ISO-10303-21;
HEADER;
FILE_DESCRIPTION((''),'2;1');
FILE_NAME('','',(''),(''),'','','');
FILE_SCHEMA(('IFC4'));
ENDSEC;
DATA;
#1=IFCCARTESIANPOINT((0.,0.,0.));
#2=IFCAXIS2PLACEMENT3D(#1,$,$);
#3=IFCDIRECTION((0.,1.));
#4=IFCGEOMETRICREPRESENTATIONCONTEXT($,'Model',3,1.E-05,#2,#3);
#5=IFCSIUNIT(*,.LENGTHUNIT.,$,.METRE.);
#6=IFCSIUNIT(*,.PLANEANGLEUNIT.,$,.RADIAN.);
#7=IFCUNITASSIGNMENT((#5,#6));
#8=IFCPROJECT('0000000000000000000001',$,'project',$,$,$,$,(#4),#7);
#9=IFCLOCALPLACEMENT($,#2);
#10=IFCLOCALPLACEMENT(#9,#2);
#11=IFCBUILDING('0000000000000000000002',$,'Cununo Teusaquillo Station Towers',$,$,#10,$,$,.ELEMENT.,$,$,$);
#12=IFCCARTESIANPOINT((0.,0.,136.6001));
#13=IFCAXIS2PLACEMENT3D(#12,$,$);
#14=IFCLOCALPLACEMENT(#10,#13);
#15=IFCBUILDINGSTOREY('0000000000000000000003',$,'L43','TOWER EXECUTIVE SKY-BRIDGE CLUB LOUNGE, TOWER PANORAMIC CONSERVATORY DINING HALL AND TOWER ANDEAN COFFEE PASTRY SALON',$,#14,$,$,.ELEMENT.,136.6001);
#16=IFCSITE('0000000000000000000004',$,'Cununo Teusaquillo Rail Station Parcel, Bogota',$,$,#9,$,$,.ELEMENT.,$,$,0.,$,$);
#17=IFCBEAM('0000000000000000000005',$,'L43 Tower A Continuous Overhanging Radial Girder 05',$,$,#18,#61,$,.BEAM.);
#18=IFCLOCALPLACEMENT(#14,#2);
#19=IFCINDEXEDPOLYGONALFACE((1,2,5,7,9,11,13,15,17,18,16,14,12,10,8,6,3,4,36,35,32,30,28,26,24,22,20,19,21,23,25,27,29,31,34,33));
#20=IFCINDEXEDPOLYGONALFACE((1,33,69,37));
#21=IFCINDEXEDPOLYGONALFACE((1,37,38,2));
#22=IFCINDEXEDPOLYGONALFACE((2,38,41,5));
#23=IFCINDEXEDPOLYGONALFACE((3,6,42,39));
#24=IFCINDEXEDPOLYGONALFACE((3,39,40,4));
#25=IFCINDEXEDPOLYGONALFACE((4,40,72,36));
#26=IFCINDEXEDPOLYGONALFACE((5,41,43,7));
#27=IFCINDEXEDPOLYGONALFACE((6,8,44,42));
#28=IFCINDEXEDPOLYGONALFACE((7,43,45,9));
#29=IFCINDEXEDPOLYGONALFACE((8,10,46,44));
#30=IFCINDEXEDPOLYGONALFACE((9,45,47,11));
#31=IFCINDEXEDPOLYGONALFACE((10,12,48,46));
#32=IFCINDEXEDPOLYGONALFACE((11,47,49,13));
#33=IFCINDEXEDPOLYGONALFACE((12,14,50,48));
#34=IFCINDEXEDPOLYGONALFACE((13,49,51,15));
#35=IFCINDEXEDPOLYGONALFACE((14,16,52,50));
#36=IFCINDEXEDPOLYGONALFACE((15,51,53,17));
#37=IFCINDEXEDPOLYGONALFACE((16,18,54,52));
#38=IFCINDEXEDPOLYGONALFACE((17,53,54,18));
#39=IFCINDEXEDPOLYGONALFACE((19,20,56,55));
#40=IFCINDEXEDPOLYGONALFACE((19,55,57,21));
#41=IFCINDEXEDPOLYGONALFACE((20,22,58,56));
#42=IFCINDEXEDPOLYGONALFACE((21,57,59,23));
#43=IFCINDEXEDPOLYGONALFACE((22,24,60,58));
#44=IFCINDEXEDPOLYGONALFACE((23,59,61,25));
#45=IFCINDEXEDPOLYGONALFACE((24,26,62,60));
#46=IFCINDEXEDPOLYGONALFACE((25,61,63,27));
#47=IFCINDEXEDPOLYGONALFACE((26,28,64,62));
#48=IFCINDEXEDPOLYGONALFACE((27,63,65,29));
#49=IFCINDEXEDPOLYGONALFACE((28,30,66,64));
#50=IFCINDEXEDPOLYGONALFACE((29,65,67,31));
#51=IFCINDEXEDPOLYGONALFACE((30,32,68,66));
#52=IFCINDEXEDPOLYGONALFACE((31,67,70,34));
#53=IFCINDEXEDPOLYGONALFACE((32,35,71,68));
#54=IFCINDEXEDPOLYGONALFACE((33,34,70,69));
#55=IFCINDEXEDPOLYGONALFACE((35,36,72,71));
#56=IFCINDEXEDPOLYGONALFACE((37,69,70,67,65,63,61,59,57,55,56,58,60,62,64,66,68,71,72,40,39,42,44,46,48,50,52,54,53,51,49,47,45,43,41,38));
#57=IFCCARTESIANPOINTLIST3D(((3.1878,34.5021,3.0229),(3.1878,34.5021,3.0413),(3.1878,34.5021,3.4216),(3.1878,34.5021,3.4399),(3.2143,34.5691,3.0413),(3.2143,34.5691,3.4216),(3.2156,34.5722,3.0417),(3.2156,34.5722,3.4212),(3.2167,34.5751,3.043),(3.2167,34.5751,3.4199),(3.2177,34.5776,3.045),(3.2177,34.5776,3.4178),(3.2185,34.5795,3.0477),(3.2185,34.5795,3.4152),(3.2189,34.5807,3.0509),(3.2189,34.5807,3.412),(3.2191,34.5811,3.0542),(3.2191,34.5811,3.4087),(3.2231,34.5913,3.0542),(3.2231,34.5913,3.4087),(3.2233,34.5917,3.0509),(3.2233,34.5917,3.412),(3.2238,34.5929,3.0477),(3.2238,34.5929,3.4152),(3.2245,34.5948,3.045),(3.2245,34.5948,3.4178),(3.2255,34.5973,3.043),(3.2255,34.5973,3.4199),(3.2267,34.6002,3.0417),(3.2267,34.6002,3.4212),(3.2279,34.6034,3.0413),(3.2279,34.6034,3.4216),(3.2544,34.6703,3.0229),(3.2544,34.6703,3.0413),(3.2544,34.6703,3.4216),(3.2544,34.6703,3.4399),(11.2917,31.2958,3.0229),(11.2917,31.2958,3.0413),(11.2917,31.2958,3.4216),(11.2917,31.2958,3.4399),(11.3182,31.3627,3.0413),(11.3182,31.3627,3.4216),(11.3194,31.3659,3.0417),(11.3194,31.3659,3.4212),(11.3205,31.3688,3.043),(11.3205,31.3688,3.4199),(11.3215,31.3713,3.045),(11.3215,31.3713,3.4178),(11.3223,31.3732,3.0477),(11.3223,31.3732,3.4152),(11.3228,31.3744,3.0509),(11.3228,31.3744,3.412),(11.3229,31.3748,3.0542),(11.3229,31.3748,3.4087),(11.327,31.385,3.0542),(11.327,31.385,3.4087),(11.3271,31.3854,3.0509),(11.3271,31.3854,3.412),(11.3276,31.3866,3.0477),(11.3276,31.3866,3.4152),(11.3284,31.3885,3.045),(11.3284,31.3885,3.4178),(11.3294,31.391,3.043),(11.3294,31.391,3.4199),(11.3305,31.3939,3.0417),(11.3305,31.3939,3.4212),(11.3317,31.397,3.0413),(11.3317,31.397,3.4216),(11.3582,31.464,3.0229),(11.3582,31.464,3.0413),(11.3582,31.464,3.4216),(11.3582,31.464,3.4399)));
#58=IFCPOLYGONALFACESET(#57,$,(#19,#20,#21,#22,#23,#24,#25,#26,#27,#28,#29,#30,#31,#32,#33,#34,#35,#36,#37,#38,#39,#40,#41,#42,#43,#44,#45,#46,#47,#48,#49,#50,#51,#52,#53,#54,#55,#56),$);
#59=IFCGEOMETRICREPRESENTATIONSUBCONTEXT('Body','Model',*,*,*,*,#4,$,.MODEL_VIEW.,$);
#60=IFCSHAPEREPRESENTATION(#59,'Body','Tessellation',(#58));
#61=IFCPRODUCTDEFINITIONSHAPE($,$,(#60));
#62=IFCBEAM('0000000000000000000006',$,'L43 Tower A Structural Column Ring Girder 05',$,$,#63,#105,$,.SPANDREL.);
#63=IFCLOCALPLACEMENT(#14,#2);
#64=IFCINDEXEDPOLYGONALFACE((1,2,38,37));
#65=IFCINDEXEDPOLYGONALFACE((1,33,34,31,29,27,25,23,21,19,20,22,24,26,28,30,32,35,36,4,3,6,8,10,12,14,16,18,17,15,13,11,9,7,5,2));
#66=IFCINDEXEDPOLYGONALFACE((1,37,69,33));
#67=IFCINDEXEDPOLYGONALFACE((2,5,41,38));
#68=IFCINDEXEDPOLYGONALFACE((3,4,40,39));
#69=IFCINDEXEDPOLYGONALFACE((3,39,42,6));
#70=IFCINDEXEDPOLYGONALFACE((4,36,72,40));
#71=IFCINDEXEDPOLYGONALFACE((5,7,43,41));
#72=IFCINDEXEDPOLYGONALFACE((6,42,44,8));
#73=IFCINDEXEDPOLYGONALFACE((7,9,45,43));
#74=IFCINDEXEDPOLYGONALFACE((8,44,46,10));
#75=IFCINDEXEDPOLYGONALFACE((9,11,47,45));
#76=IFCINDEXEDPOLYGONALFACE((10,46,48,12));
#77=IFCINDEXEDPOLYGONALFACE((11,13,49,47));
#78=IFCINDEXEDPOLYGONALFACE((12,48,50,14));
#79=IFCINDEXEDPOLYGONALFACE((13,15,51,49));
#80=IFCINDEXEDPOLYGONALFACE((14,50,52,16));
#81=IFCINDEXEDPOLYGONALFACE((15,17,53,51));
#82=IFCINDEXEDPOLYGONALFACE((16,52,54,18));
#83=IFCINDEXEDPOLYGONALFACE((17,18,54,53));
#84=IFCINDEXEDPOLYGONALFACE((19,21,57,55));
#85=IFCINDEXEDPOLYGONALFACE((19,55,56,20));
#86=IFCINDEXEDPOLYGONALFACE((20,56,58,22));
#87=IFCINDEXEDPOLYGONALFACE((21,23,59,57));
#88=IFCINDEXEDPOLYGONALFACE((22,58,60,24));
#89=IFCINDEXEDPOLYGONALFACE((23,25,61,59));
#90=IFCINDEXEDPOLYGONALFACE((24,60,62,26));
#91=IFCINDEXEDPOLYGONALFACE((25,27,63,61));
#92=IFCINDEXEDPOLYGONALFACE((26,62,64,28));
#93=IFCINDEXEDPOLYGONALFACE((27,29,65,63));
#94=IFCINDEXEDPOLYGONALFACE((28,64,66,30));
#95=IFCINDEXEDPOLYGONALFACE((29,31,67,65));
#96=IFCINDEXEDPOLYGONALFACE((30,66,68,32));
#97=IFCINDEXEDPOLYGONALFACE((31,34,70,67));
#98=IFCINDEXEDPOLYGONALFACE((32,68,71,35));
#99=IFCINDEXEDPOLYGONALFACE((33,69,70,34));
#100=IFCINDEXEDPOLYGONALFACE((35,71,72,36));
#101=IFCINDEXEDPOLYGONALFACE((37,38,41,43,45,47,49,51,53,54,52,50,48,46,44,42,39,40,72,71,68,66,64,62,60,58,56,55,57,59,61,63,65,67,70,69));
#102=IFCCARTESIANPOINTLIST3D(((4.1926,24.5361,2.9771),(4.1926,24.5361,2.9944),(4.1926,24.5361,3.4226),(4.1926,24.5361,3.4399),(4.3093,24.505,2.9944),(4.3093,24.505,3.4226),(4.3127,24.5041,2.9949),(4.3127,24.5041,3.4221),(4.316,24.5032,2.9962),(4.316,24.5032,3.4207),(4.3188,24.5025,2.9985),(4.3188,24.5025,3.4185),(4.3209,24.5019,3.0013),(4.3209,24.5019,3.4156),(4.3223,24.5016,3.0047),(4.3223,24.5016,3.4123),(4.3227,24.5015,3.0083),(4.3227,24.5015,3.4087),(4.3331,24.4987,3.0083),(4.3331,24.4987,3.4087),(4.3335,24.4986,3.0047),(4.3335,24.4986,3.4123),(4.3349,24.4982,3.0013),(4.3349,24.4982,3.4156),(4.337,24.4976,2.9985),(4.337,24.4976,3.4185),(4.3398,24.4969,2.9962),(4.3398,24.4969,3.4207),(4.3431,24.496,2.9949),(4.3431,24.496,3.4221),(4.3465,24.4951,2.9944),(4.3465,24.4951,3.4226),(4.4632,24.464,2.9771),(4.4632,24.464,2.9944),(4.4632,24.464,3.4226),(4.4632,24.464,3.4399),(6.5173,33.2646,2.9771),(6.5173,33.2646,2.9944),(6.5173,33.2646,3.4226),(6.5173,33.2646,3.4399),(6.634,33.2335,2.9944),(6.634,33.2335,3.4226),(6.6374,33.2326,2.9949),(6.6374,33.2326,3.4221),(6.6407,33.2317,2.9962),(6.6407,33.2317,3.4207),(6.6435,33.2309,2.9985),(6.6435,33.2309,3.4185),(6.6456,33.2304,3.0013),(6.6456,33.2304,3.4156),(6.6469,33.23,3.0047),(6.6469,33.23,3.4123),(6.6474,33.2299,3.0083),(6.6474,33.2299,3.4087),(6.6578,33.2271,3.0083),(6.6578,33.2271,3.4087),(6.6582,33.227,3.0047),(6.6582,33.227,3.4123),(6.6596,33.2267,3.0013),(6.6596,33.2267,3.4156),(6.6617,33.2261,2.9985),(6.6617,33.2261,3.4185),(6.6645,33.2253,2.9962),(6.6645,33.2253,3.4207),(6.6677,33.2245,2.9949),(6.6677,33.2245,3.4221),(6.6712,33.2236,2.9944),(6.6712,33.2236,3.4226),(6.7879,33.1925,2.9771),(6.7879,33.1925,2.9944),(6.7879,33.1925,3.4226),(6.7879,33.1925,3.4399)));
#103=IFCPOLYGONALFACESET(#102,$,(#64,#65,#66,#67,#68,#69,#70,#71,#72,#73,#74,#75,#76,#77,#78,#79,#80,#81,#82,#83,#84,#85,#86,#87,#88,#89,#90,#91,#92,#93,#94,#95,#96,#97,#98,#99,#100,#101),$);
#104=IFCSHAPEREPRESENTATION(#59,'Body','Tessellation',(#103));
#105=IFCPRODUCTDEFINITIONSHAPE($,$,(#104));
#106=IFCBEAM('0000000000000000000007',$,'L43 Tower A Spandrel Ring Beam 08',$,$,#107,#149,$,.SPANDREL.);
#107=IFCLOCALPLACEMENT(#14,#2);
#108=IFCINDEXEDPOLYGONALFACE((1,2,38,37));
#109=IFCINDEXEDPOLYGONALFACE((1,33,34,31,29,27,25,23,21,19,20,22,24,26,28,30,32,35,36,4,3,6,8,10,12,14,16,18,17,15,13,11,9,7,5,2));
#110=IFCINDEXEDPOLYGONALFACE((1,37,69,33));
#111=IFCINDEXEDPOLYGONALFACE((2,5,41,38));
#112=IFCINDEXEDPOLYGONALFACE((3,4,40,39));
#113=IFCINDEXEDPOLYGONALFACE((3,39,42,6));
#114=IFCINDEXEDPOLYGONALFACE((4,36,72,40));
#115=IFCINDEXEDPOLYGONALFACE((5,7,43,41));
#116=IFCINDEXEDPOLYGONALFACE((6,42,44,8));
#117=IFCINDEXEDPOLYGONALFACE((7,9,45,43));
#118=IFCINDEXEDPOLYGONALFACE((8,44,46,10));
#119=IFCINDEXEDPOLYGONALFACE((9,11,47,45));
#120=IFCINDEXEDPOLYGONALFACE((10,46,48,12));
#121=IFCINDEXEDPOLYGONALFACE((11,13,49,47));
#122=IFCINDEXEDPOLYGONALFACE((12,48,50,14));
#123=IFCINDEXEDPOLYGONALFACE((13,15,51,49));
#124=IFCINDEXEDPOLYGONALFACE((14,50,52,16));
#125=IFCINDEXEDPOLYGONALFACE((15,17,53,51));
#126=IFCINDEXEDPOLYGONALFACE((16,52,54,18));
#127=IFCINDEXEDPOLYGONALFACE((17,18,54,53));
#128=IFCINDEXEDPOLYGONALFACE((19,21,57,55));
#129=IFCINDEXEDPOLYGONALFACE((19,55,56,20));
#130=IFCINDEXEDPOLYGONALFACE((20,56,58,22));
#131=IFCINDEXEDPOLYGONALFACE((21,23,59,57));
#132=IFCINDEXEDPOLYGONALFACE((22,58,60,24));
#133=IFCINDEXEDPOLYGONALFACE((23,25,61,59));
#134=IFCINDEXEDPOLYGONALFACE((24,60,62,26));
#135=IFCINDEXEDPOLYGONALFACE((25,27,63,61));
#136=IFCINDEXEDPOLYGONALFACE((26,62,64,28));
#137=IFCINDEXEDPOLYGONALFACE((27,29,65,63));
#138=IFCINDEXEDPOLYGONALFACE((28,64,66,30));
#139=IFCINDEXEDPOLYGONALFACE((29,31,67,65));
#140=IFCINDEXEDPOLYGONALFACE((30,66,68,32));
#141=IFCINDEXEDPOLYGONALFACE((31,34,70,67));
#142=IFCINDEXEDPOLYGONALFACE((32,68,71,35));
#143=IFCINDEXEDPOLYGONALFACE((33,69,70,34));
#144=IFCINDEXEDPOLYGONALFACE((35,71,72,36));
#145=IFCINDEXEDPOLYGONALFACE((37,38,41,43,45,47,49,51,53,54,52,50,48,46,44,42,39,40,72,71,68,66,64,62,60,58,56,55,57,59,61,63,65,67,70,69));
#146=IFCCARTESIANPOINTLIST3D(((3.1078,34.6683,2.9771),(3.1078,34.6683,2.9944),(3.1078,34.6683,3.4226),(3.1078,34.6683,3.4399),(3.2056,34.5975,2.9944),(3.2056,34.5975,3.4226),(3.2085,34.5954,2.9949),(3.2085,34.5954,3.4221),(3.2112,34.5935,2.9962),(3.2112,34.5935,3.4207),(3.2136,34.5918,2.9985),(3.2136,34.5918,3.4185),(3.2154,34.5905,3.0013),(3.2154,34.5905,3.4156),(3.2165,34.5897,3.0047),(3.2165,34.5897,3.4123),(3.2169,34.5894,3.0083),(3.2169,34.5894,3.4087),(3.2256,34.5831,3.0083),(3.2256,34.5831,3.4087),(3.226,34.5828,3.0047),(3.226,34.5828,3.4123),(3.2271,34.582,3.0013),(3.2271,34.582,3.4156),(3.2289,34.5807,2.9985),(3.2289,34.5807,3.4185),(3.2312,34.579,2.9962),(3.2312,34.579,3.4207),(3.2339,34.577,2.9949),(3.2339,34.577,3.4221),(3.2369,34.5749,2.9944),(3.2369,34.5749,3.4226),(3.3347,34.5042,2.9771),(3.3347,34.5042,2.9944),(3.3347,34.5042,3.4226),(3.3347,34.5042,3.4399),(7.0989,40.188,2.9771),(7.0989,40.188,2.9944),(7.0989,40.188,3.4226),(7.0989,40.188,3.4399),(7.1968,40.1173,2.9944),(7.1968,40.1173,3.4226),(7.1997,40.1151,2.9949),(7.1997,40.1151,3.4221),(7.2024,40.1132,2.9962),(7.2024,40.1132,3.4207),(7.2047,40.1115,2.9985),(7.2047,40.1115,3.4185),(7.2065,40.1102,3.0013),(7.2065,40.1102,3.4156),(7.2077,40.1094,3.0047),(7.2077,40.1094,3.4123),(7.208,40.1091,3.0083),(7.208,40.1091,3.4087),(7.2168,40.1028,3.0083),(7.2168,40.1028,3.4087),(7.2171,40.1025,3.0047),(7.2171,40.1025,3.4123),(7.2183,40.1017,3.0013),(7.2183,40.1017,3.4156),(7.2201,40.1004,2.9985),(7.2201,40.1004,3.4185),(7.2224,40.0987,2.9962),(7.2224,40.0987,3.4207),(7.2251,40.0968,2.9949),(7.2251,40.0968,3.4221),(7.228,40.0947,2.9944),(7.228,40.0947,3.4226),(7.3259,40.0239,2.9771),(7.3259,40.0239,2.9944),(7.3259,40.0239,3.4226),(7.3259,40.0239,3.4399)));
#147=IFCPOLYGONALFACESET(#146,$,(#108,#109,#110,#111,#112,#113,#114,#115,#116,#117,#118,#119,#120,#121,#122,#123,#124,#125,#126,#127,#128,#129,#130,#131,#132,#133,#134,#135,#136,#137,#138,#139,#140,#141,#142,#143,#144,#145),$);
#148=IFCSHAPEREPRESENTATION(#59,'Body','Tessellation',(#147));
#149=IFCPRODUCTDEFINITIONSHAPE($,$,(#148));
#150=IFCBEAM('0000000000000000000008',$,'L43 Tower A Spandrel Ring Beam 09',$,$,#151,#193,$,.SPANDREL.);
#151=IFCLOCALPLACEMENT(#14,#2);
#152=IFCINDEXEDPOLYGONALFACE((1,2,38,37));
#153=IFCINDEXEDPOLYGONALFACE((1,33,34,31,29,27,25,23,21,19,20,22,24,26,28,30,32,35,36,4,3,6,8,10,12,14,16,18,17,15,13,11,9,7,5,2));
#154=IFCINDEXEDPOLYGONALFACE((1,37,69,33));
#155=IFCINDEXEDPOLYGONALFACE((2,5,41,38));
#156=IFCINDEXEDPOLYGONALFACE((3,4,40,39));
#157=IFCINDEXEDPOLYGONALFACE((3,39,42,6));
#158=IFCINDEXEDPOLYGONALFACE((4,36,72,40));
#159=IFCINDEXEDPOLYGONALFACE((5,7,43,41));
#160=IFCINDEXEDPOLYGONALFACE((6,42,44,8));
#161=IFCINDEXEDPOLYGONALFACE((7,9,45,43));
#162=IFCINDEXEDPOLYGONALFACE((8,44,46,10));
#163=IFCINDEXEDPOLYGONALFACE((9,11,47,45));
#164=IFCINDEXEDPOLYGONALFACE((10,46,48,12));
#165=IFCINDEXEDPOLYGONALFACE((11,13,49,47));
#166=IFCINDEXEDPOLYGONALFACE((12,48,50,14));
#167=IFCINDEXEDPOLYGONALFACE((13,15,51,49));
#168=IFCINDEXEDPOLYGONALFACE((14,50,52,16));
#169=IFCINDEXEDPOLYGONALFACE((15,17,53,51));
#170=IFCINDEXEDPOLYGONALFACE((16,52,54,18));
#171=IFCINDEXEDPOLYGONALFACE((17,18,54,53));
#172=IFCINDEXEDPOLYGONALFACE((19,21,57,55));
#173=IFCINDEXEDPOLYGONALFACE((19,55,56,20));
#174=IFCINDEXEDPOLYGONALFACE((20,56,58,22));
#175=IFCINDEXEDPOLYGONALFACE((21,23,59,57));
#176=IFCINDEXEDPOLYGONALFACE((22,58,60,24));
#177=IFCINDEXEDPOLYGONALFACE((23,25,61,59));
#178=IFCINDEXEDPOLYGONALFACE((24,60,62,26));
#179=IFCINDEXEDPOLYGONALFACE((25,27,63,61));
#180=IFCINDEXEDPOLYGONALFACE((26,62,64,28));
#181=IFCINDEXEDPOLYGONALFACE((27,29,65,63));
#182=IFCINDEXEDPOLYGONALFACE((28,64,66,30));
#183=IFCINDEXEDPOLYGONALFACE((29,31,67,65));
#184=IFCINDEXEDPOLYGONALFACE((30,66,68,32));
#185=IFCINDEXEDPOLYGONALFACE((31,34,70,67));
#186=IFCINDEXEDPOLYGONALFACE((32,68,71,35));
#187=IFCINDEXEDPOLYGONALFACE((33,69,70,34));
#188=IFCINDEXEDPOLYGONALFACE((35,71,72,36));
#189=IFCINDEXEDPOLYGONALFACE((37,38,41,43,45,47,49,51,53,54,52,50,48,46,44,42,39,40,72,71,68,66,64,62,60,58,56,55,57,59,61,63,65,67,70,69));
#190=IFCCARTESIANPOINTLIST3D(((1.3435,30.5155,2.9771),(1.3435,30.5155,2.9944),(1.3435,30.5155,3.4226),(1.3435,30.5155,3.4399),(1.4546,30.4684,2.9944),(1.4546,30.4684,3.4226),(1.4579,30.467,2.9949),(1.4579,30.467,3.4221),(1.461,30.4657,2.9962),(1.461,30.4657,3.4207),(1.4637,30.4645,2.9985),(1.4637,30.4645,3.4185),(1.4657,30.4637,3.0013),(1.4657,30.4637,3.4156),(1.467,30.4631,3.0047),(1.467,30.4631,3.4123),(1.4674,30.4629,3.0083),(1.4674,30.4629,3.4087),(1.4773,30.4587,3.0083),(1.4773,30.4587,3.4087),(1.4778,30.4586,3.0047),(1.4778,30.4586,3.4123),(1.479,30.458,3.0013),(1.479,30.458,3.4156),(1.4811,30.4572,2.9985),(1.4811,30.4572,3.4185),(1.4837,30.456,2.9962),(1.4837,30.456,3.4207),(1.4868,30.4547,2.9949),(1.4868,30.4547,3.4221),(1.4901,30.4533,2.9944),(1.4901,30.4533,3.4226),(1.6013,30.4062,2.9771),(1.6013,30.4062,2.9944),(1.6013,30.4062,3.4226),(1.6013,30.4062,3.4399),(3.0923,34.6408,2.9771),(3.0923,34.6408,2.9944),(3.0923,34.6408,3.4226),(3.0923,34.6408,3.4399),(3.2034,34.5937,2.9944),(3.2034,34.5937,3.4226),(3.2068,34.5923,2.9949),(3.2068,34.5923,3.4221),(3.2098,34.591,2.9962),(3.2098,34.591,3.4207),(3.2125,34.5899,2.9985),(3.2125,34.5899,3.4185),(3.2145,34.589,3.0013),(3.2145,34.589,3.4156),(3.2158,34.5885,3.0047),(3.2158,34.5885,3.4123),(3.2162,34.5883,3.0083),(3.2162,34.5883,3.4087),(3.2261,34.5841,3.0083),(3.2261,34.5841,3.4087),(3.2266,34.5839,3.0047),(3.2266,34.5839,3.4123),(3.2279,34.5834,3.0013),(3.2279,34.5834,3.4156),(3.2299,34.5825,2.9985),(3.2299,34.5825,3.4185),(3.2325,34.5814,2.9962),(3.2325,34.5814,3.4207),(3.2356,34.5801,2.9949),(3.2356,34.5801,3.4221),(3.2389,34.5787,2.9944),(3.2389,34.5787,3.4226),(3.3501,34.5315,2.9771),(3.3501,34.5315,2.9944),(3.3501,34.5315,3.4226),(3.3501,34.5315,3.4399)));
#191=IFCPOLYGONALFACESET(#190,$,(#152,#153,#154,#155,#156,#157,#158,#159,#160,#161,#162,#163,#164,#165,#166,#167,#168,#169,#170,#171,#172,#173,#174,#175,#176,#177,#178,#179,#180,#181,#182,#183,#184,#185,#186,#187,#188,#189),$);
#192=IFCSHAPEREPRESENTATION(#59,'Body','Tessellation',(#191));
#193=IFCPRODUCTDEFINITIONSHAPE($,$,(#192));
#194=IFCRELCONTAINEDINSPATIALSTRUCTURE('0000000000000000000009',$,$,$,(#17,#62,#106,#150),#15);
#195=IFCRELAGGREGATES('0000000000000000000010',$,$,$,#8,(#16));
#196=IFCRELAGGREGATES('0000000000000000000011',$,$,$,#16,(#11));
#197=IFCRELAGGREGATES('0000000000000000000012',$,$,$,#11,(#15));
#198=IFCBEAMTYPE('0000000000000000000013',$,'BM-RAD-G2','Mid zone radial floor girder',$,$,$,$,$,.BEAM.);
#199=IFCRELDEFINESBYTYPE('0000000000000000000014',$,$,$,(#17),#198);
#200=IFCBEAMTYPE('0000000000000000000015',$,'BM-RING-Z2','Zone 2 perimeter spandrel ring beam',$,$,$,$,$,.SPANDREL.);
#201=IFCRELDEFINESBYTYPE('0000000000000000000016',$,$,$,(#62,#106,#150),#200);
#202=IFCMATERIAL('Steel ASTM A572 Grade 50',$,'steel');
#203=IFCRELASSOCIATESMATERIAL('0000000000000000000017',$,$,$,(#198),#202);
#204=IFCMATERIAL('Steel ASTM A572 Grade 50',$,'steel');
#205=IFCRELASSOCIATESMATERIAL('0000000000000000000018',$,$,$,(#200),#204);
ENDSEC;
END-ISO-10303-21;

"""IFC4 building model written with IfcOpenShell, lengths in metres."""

from ifc_helpers import new_model, si_unit, direction, frame, origin, origin_2d, place, context, subcontext, project, spatial, i_section, extrude, material, material_profile, profile_set, type_object, element, save


model = new_model("IFC4")

# Units and contexts
model_context = context("Model", 3, precision=1e-05, world=origin(), true_north=direction((0.0, 1.0)))
body_context = subcontext(model_context, "Body", "Model", "MODEL_VIEW")
ifc_project = project(units=[si_unit("LENGTHUNIT", "METRE"), si_unit("PLANEANGLEUNIT", "RADIAN")], contexts=[model_context])

# Site, building, storey
site_placement = place(None, origin())
site = spatial("IfcSite", under=ifc_project, at=site_placement, Name="Cununo Teusaquillo Rail Station Parcel, Bogota", CompositionType="ELEMENT", RefElevation=0.0)
building_placement = place(site_placement, origin())
building = spatial("IfcBuilding", under=site, at=building_placement, Name="Cununo Teusaquillo Station Towers", CompositionType="ELEMENT")
storey_placement = place(building_placement, frame((0.0, 0.0, 136.6001)))
storey = spatial("IfcBuildingStorey", under=building, at=storey_placement, Name="L43", Description="TOWER EXECUTIVE SKY-BRIDGE CLUB LOUNGE, TOWER PANORAMIC CONSERVATORY DINING HALL AND TOWER ANDEAN COFFEE PASTRY SALON", CompositionType="ELEMENT", Elevation=136.6001)

# Beams
ifc_material_1 = material(Name="Steel ASTM A572 Grade 50", Category="steel")
ifc_material_profile_1 = material_profile(ifc_material_1, i_section(OverallWidth=0.1809, OverallDepth=0.417, WebThickness=0.011, FlangeThickness=0.0183, FilletRadius=0.0129, at=origin_2d()), Name="W16X57")
ifc_profile_set_1 = profile_set([ifc_material_profile_1], Name="Steel ASTM A572 Grade 50")
beam_type_1 = type_object("IfcBeamType", Name="BM-RAD-G2", Description="Mid zone radial floor girder", PredefinedType="BEAM", material=ifc_profile_set_1)
beam_1_placement = place(storey_placement, frame((11.325, 31.3799, 3.2314), z_axis=(-0.929863, 0.367906, 0.0), x_axis=(-0.367906, -0.929863, 0.0)))
element("IfcBeam", 1, at=beam_1_placement, inside=storey, type_object=beam_type_1, Name="L43 Tower A Continuous Overhanging Radial Girder 05", PredefinedType="BEAM", context=body_context, shape_type="SweptSolid", body=[
    extrude(i_section(OverallWidth=0.1809, OverallDepth=0.417, WebThickness=0.011, FlangeThickness=0.0183, FilletRadius=0.0129, at=origin_2d()), origin(), (0.0, 0.0, 1.0), 8.7151),
])
ifc_material_2 = material(Name="Steel ASTM A572 Grade 50", Category="steel")
ifc_material_profile_2 = material_profile(ifc_material_2, i_section(OverallWidth=0.28, OverallDepth=0.4629, WebThickness=0.0107, FlangeThickness=0.0173, FilletRadius=0.0139, at=origin_2d()), Name="W18X76")
ifc_profile_set_2 = profile_set([ifc_material_profile_2], Name="Steel ASTM A572 Grade 50")
beam_type_2 = type_object("IfcBeamType", Name="BM-RING-Z2", Description="Zone 2 perimeter spandrel ring beam", PredefinedType="SPANDREL", material=ifc_profile_set_2)
beam_2_placement = place(storey_placement, frame((6.6526, 33.2285, 3.2085), z_axis=(-0.257363, -0.966315, 0.0), x_axis=(0.966315, -0.257363, 0.0)))
element("IfcBeam", 2, at=beam_2_placement, inside=storey, type_object=beam_type_2, Name="L43 Tower A Structural Column Ring Girder 05", PredefinedType="SPANDREL", context=body_context, shape_type="SweptSolid", body=[
    extrude(i_section(OverallWidth=0.28, OverallDepth=0.4629, WebThickness=0.0107, FlangeThickness=0.0173, FilletRadius=0.0139, at=origin_2d()), origin(), (0.0, 0.0, 1.0), 9.0327),
])
beam_3_placement = place(storey_placement, frame((7.2124, 40.106, 3.2085), z_axis=(-0.585945, -0.810351, 0.0), x_axis=(0.810351, -0.585945, 0.0)))
element("IfcBeam", 3, at=beam_3_placement, inside=storey, type_object=beam_type_2, Name="L43 Tower A Spandrel Ring Beam 08", PredefinedType="SPANDREL", context=body_context, shape_type="SweptSolid", body=[
    extrude(i_section(OverallWidth=0.28, OverallDepth=0.4629, WebThickness=0.0107, FlangeThickness=0.0173, FilletRadius=0.0139, at=origin_2d()), origin(), (0.0, 0.0, 1.0), 6.8115),
])
beam_4_placement = place(storey_placement, frame((3.2212, 34.5862, 3.2085), z_axis=(-0.390299, -0.920688, 0.0), x_axis=(0.920688, -0.390299, 0.0)))
element("IfcBeam", 4, at=beam_4_placement, inside=storey, type_object=beam_type_2, Name="L43 Tower A Spandrel Ring Beam 09", PredefinedType="SPANDREL", context=body_context, shape_type="SweptSolid", body=[
    extrude(i_section(OverallWidth=0.28, OverallDepth=0.4629, WebThickness=0.0107, FlangeThickness=0.0173, FilletRadius=0.0139, at=origin_2d()), origin(), (0.0, 0.0, 1.0), 4.4807),
])

save(model, "model.ifc")
